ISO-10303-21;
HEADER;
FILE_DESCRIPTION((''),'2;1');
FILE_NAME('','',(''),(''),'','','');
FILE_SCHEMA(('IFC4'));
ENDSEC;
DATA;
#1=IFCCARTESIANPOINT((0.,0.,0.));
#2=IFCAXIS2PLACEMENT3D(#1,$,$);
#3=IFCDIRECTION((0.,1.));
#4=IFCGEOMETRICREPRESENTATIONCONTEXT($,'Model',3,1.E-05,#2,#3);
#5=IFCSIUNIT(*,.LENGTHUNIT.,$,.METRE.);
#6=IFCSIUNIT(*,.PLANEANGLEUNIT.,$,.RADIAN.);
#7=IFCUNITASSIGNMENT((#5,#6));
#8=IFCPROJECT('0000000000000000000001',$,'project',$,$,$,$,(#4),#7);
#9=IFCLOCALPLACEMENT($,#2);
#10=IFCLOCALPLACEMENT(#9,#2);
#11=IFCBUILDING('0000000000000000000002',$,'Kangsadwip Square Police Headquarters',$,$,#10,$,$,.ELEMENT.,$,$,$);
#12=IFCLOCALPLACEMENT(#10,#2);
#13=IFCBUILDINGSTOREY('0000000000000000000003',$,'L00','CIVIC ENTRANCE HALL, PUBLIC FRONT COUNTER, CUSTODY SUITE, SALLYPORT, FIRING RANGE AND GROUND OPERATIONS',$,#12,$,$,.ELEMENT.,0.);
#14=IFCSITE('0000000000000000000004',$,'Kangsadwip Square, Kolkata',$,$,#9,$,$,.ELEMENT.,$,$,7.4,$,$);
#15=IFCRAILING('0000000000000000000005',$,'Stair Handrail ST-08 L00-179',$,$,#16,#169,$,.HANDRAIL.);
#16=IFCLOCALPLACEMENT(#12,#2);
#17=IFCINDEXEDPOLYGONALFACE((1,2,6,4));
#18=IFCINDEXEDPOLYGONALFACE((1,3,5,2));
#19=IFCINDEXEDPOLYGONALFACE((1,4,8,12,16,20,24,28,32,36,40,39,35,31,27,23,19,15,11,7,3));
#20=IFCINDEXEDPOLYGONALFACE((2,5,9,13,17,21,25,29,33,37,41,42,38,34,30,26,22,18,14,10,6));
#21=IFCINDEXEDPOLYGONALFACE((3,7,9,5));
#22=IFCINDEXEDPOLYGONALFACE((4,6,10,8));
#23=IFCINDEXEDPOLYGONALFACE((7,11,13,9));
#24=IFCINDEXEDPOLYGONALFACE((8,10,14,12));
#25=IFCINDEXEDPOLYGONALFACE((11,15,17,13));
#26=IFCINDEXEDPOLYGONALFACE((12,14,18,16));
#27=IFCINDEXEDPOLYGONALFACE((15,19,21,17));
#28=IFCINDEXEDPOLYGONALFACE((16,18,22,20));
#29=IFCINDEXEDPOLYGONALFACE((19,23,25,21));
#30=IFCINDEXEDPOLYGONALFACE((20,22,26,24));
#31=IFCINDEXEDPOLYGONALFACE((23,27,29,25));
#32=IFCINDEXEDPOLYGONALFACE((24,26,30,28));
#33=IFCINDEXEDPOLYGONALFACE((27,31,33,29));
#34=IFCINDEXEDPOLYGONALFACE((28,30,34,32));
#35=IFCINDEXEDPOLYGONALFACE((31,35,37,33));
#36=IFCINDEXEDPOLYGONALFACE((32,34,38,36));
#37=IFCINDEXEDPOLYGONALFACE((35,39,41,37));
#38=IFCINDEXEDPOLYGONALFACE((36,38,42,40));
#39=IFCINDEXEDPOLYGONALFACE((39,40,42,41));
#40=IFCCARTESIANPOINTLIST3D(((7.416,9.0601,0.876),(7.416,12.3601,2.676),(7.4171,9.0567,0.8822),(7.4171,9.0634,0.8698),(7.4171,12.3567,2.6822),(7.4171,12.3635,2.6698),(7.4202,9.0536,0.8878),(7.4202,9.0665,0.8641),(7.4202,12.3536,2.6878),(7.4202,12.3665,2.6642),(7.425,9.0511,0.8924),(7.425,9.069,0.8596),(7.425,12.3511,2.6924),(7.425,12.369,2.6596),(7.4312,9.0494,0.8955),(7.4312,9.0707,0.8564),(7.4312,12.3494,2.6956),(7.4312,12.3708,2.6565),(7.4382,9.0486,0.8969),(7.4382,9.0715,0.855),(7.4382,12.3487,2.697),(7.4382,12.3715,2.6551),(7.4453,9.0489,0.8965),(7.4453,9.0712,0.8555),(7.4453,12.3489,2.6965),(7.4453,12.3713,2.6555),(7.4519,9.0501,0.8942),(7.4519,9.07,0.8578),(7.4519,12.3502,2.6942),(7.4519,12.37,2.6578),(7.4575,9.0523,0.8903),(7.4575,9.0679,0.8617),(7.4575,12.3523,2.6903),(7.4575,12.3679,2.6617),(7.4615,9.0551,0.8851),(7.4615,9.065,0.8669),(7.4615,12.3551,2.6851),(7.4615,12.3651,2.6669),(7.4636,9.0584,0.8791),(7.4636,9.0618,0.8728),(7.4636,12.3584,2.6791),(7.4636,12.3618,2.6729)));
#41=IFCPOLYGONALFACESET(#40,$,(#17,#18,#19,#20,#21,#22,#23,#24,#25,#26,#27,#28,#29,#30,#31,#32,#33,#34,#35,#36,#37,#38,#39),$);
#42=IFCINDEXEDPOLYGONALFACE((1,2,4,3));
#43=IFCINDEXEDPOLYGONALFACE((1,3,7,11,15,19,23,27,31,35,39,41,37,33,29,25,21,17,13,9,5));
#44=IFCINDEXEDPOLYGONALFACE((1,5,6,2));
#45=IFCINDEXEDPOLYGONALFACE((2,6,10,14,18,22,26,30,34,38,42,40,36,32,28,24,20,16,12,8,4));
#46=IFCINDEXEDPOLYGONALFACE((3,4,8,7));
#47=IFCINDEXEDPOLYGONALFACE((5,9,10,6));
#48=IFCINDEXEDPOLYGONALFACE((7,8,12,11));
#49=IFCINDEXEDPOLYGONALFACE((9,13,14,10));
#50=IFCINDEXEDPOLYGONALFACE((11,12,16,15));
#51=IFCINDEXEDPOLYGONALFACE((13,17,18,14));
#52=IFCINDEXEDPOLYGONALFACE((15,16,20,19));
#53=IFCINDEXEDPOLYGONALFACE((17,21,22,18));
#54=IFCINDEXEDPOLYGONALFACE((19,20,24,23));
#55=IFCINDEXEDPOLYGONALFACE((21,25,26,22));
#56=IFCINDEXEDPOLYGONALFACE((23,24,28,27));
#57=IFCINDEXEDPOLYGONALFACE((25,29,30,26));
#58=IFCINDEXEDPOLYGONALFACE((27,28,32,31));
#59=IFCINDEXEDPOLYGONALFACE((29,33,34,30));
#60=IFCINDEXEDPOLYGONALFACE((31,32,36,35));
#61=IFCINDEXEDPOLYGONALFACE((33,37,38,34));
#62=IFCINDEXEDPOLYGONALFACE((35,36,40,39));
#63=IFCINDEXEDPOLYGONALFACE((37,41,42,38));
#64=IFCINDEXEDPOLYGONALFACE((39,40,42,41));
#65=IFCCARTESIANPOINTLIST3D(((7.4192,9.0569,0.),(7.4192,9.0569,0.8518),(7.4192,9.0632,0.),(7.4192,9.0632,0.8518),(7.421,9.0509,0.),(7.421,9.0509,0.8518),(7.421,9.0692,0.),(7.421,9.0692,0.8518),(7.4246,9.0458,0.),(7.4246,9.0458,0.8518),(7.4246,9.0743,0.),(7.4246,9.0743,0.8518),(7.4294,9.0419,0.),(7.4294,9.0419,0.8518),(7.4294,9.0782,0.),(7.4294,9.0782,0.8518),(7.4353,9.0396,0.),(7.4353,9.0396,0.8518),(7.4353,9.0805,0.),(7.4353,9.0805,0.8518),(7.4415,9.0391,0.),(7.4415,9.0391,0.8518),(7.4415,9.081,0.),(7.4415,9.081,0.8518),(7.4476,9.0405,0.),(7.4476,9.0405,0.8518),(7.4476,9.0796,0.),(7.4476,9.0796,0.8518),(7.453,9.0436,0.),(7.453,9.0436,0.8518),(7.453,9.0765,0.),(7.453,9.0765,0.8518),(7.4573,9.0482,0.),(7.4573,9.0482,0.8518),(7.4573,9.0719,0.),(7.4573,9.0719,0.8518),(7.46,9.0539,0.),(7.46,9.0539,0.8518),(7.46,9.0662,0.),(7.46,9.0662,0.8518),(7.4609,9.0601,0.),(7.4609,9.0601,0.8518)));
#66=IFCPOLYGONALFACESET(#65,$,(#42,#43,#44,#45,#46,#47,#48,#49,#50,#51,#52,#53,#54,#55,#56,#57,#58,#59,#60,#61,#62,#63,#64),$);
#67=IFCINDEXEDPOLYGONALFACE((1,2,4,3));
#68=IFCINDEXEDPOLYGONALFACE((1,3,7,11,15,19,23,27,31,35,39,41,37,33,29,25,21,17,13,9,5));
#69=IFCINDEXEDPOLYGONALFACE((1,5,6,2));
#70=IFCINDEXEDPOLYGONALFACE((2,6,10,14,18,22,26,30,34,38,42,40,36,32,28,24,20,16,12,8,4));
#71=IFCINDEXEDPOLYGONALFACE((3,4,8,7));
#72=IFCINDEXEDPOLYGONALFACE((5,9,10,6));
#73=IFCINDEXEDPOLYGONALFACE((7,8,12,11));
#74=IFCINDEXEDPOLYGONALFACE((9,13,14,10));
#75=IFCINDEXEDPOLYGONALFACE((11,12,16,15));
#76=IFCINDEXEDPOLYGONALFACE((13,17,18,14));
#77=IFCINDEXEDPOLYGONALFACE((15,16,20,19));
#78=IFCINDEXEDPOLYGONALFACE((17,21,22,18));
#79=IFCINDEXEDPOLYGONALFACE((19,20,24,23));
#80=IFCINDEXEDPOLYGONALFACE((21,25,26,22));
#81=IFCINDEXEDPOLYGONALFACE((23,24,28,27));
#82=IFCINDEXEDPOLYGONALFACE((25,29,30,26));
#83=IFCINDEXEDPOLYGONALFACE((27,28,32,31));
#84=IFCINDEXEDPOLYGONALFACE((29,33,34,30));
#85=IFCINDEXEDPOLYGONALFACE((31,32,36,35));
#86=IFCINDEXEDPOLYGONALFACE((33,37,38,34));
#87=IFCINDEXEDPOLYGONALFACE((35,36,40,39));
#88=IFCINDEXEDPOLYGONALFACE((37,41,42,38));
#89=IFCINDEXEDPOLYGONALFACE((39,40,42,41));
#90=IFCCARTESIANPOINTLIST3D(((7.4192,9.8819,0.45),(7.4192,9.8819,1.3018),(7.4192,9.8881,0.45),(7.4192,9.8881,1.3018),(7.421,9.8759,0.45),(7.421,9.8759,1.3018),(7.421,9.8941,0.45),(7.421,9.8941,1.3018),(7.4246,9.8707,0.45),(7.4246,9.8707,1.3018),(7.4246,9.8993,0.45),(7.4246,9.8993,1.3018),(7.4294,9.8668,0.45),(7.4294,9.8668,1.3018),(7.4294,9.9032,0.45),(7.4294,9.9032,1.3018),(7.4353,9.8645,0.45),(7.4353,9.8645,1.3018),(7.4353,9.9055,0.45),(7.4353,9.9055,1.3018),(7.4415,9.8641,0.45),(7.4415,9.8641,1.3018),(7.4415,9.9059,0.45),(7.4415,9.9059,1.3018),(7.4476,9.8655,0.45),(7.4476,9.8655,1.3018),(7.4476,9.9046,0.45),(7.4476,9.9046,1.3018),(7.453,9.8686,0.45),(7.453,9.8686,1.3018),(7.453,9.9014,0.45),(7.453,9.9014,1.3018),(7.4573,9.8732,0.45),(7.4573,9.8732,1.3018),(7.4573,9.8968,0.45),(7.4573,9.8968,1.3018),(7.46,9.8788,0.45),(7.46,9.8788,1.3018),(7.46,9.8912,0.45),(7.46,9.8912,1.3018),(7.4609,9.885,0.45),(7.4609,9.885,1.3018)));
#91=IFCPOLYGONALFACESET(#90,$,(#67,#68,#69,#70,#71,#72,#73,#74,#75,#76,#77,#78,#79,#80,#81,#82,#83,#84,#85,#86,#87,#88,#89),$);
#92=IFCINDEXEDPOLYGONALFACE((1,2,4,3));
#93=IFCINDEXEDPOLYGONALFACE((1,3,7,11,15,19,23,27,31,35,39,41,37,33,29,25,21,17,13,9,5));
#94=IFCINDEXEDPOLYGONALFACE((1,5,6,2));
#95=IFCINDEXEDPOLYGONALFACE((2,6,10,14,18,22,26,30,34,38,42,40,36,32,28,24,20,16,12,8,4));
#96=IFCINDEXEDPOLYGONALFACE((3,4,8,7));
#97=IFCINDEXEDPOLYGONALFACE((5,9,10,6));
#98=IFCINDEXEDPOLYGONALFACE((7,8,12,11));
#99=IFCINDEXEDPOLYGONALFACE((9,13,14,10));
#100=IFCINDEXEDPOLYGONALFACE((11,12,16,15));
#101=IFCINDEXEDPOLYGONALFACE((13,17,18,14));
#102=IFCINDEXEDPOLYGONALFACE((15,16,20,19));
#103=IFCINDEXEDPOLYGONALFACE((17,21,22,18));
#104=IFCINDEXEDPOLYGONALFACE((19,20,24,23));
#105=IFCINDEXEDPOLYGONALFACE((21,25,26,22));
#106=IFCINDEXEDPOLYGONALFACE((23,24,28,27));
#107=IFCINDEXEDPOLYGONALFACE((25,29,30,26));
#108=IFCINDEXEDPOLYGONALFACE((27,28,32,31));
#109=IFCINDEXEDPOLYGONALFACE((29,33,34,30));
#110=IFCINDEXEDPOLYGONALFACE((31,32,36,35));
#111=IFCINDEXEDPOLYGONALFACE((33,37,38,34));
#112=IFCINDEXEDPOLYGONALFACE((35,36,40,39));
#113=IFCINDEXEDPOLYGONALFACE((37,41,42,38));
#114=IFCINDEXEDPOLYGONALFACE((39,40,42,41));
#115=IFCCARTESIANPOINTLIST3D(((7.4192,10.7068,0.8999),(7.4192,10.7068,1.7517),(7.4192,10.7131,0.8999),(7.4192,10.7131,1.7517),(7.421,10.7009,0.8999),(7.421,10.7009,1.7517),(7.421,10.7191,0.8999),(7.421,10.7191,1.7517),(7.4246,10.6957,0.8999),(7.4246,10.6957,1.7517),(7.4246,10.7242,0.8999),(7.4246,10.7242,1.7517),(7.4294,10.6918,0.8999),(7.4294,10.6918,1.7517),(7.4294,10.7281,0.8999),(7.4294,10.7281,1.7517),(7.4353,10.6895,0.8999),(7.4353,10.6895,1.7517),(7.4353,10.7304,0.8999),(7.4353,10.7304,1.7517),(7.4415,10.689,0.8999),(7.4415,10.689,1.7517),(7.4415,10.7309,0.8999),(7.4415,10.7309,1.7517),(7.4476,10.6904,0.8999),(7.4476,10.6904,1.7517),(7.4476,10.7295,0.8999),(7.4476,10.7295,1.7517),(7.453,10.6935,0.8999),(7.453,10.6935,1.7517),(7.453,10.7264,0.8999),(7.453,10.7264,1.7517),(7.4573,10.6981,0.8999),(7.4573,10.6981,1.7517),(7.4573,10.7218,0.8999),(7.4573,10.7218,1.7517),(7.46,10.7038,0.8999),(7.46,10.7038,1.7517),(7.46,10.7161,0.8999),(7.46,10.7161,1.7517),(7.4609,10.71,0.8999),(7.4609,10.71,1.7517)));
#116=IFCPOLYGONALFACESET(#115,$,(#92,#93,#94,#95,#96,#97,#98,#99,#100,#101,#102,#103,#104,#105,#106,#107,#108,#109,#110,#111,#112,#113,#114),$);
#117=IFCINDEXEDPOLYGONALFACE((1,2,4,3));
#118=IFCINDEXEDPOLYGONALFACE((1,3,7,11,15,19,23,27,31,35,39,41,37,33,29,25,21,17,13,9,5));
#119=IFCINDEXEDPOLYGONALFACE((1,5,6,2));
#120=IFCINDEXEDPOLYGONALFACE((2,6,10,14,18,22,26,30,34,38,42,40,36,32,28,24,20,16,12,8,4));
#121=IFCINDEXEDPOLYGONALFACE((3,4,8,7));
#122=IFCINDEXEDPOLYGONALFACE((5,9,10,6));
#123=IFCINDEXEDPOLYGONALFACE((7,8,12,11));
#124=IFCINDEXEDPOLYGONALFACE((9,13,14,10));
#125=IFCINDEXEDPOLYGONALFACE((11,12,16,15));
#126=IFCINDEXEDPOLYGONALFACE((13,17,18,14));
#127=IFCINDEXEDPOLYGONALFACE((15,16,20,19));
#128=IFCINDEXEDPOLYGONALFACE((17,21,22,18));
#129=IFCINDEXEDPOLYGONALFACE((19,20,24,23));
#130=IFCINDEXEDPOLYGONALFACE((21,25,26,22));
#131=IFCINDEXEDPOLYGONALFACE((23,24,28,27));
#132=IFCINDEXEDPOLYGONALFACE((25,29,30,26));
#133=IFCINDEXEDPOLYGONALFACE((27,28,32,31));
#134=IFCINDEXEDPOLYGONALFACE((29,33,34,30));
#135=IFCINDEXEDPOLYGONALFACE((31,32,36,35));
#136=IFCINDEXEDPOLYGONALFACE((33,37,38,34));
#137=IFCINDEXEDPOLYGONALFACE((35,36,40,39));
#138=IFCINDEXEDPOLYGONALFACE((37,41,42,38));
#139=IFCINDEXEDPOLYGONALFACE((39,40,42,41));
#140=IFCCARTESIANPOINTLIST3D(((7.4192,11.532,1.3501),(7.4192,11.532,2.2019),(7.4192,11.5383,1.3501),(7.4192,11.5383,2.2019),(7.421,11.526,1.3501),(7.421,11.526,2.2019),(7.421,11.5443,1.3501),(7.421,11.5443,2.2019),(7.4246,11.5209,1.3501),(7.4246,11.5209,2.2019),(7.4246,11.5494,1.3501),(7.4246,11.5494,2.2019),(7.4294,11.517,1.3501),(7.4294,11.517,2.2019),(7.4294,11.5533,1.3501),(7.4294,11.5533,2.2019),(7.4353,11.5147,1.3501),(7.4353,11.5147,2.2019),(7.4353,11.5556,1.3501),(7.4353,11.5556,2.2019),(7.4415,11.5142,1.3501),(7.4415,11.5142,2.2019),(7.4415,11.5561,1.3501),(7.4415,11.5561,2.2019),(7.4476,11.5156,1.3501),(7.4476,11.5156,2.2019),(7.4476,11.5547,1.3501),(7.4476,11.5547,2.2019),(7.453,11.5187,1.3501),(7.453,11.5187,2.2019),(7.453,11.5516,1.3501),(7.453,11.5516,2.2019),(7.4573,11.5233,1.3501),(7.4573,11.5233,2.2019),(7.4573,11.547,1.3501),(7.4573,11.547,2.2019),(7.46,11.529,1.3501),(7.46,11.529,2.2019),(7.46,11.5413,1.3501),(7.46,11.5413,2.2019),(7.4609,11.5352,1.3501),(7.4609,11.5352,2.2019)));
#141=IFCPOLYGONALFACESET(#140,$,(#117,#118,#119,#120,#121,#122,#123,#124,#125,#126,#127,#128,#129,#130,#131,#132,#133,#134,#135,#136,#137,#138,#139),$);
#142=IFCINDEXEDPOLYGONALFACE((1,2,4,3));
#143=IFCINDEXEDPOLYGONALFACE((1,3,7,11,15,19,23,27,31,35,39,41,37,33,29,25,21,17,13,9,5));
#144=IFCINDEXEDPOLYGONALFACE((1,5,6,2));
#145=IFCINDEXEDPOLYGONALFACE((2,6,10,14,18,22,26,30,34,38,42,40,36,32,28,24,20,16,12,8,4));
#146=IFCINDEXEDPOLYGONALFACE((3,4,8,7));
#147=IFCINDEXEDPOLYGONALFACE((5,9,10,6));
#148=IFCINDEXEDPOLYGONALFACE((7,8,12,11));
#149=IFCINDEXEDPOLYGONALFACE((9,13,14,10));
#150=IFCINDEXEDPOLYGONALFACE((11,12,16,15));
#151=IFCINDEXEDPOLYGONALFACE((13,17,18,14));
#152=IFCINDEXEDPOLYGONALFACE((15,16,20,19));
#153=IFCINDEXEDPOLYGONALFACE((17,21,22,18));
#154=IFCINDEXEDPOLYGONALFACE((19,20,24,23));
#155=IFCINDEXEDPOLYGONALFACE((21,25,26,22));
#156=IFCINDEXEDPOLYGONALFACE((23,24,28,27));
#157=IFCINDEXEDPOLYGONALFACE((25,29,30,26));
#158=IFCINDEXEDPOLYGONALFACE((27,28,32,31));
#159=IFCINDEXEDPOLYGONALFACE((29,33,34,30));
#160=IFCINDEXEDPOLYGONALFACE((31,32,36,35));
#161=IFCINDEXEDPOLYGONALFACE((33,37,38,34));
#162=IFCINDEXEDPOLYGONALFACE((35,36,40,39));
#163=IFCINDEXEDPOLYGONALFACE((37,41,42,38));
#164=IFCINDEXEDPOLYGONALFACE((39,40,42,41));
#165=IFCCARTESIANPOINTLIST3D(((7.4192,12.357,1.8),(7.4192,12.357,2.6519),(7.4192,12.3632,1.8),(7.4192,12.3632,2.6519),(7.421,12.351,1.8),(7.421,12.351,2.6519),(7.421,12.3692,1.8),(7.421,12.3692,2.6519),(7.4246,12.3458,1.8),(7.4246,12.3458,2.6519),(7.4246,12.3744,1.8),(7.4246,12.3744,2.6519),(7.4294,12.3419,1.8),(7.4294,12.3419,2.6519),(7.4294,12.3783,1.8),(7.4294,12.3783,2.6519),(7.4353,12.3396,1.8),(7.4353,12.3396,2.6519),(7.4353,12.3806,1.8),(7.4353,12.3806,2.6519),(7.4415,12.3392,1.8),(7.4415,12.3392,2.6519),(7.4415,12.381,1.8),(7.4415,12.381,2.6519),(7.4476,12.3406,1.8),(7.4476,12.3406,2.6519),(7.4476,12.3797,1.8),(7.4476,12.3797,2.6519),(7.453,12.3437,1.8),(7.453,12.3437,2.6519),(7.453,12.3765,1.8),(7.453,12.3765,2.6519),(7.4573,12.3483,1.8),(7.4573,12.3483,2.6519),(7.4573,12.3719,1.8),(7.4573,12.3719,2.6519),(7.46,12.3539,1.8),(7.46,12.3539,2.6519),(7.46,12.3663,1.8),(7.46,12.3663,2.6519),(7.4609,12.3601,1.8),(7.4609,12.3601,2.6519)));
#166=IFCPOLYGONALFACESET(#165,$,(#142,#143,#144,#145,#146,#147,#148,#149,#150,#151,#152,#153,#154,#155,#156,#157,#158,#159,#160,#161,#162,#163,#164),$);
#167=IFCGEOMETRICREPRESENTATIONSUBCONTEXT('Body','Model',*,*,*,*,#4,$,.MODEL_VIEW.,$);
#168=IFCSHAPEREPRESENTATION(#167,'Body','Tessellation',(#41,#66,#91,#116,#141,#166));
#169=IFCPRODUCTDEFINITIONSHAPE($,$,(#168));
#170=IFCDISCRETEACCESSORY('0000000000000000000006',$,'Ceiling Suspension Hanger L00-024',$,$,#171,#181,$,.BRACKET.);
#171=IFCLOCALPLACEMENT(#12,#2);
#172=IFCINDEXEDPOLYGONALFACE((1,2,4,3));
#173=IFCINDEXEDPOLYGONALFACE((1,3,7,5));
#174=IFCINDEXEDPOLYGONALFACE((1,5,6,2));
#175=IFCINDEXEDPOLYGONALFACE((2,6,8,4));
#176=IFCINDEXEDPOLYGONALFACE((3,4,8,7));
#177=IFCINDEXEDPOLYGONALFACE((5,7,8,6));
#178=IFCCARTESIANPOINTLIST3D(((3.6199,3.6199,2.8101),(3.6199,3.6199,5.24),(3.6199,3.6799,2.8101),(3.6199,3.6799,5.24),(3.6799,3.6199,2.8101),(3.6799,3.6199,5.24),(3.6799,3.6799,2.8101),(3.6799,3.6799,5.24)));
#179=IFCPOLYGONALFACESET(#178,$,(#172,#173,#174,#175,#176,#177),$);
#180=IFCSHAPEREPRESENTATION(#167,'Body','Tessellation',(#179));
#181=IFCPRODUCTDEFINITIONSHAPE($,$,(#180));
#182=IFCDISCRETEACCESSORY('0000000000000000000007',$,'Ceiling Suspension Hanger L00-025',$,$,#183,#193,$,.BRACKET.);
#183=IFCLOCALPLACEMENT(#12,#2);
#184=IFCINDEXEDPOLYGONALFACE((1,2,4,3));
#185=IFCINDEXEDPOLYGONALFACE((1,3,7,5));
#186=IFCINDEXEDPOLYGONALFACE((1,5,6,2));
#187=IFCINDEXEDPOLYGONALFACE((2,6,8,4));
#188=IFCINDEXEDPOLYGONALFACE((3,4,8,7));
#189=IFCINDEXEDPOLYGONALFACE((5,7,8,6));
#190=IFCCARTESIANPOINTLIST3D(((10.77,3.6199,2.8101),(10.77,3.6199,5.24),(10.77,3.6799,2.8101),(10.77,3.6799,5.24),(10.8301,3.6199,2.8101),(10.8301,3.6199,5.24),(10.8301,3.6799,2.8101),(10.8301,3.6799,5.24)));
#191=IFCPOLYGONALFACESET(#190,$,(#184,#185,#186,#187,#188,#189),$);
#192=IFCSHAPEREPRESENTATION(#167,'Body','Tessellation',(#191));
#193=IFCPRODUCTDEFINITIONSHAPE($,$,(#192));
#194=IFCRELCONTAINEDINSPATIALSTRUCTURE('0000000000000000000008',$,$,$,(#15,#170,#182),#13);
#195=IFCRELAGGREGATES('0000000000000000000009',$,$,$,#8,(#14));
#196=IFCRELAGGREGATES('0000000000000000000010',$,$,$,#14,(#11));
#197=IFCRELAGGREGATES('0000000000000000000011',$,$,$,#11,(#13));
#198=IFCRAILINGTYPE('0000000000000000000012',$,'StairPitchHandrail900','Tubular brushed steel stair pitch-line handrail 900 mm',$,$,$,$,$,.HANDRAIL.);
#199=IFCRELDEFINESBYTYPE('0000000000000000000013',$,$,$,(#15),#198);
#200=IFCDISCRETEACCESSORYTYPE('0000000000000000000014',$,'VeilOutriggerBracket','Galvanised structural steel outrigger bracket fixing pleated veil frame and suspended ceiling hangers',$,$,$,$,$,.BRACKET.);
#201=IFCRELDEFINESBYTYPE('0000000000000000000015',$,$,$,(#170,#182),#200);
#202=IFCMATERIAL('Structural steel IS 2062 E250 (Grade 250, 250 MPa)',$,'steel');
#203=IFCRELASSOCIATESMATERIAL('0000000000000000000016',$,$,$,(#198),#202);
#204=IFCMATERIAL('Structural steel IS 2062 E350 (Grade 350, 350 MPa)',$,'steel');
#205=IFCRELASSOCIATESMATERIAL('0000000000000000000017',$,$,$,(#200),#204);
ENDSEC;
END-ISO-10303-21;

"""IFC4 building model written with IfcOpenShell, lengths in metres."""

from ifc_helpers import new_model, si_unit, direction, frame, origin, origin_2d, place, context, subcontext, project, spatial, rectangle, circle, extrude, material, type_object, element, save


model = new_model("IFC4")

# Units and contexts
model_context = context("Model", 3, precision=1e-05, world=origin(), true_north=direction((0.0, 1.0)))
body_context = subcontext(model_context, "Body", "Model", "MODEL_VIEW")
ifc_project = project(units=[si_unit("LENGTHUNIT", "METRE"), si_unit("PLANEANGLEUNIT", "RADIAN")], contexts=[model_context])

# Site, building, storey
site_placement = place(None, origin())
site = spatial("IfcSite", under=ifc_project, at=site_placement, Name="Kangsadwip Square, Kolkata", CompositionType="ELEMENT", RefElevation=7.4)
building_placement = place(site_placement, origin())
building = spatial("IfcBuilding", under=site, at=building_placement, Name="Kangsadwip Square Police Headquarters", CompositionType="ELEMENT")
storey_placement = place(building_placement, origin())
storey = spatial("IfcBuildingStorey", under=building, at=storey_placement, Name="L00", Description="CIVIC ENTRANCE HALL, PUBLIC FRONT COUNTER, CUSTODY SUITE, SALLYPORT, FIRING RANGE AND GROUND OPERATIONS", CompositionType="ELEMENT", Elevation=0.0)

# Railing
ifc_material_1 = material(Name="Structural steel IS 2062 E250 (Grade 250, 250 MPa)", Category="steel")
railing_type_1 = type_object("IfcRailingType", Name="StairPitchHandrail900", Description="Tubular brushed steel stair pitch-line handrail 900 mm", PredefinedType="HANDRAIL", material=ifc_material_1)
railing_1_placement = place(storey_placement, frame((7.4399, 9.0601, 0.0)))
element("IfcRailing", 1, at=railing_1_placement, inside=storey, type_object=railing_type_1, Name="Stair Handrail ST-08 L00-179", PredefinedType="HANDRAIL", context=body_context, shape_type="SweptSolid", body=[
    extrude(circle(Radius=0.0239, at=origin_2d()), frame((0.0, 0.0, 0.876), z_axis=(0.0, 0.877893, 0.478857), x_axis=(-1.0, 0.0, 0.0)), (0.0, 0.0, 1.0), 3.759),
    extrude(circle(Radius=0.021, at=origin_2d()), origin(), (0.0, 0.0, 1.0), 0.8518),
    extrude(circle(Radius=0.021, at=origin_2d()), frame((0.0, 0.825, 0.45)), (0.0, 0.0, 1.0), 0.8518),
    extrude(circle(Radius=0.021, at=origin_2d()), frame((0.0, 1.6499, 0.8999)), (0.0, 0.0, 1.0), 0.8518),
    extrude(circle(Radius=0.021, at=origin_2d()), frame((0.0, 2.4751, 1.3501)), (0.0, 0.0, 1.0), 0.8518),
    extrude(circle(Radius=0.021, at=origin_2d()), frame((0.0, 3.3, 1.8)), (0.0, 0.0, 1.0), 0.8518),
])

# Discrete accessories
ifc_material_2 = material(Name="Structural steel IS 2062 E350 (Grade 350, 350 MPa)", Category="steel")
discrete_accessory_type = type_object("IfcDiscreteAccessoryType", Name="VeilOutriggerBracket", Description="Galvanised structural steel outrigger bracket fixing pleated veil frame and suspended ceiling hangers", PredefinedType="BRACKET", material=ifc_material_2)
for number, where, z_axis, x_axis, name in (
    (2, (3.6499, 3.6499, 2.8101), (0.0, 0.0, 1.0), (1.0, 0.0, 0.0), "Ceiling Suspension Hanger L00-024"),
    (3, (10.8, 3.6499, 2.8101), (0.0, 0.0, 1.0), (1.0, 0.0, 0.0), "Ceiling Suspension Hanger L00-025"),
):
    element("IfcDiscreteAccessory", number, at=place(storey_placement, frame(where, z_axis=z_axis, x_axis=x_axis)), inside=storey, type_object=discrete_accessory_type, Name=name, PredefinedType="BRACKET", context=body_context, shape_type="SweptSolid", body=[
        extrude(rectangle(XDim=0.0601, YDim=0.0601, at=origin_2d()), origin(), (0.0, 0.0, 1.0), 2.4299),
    ])

save(model, "model.ifc")
